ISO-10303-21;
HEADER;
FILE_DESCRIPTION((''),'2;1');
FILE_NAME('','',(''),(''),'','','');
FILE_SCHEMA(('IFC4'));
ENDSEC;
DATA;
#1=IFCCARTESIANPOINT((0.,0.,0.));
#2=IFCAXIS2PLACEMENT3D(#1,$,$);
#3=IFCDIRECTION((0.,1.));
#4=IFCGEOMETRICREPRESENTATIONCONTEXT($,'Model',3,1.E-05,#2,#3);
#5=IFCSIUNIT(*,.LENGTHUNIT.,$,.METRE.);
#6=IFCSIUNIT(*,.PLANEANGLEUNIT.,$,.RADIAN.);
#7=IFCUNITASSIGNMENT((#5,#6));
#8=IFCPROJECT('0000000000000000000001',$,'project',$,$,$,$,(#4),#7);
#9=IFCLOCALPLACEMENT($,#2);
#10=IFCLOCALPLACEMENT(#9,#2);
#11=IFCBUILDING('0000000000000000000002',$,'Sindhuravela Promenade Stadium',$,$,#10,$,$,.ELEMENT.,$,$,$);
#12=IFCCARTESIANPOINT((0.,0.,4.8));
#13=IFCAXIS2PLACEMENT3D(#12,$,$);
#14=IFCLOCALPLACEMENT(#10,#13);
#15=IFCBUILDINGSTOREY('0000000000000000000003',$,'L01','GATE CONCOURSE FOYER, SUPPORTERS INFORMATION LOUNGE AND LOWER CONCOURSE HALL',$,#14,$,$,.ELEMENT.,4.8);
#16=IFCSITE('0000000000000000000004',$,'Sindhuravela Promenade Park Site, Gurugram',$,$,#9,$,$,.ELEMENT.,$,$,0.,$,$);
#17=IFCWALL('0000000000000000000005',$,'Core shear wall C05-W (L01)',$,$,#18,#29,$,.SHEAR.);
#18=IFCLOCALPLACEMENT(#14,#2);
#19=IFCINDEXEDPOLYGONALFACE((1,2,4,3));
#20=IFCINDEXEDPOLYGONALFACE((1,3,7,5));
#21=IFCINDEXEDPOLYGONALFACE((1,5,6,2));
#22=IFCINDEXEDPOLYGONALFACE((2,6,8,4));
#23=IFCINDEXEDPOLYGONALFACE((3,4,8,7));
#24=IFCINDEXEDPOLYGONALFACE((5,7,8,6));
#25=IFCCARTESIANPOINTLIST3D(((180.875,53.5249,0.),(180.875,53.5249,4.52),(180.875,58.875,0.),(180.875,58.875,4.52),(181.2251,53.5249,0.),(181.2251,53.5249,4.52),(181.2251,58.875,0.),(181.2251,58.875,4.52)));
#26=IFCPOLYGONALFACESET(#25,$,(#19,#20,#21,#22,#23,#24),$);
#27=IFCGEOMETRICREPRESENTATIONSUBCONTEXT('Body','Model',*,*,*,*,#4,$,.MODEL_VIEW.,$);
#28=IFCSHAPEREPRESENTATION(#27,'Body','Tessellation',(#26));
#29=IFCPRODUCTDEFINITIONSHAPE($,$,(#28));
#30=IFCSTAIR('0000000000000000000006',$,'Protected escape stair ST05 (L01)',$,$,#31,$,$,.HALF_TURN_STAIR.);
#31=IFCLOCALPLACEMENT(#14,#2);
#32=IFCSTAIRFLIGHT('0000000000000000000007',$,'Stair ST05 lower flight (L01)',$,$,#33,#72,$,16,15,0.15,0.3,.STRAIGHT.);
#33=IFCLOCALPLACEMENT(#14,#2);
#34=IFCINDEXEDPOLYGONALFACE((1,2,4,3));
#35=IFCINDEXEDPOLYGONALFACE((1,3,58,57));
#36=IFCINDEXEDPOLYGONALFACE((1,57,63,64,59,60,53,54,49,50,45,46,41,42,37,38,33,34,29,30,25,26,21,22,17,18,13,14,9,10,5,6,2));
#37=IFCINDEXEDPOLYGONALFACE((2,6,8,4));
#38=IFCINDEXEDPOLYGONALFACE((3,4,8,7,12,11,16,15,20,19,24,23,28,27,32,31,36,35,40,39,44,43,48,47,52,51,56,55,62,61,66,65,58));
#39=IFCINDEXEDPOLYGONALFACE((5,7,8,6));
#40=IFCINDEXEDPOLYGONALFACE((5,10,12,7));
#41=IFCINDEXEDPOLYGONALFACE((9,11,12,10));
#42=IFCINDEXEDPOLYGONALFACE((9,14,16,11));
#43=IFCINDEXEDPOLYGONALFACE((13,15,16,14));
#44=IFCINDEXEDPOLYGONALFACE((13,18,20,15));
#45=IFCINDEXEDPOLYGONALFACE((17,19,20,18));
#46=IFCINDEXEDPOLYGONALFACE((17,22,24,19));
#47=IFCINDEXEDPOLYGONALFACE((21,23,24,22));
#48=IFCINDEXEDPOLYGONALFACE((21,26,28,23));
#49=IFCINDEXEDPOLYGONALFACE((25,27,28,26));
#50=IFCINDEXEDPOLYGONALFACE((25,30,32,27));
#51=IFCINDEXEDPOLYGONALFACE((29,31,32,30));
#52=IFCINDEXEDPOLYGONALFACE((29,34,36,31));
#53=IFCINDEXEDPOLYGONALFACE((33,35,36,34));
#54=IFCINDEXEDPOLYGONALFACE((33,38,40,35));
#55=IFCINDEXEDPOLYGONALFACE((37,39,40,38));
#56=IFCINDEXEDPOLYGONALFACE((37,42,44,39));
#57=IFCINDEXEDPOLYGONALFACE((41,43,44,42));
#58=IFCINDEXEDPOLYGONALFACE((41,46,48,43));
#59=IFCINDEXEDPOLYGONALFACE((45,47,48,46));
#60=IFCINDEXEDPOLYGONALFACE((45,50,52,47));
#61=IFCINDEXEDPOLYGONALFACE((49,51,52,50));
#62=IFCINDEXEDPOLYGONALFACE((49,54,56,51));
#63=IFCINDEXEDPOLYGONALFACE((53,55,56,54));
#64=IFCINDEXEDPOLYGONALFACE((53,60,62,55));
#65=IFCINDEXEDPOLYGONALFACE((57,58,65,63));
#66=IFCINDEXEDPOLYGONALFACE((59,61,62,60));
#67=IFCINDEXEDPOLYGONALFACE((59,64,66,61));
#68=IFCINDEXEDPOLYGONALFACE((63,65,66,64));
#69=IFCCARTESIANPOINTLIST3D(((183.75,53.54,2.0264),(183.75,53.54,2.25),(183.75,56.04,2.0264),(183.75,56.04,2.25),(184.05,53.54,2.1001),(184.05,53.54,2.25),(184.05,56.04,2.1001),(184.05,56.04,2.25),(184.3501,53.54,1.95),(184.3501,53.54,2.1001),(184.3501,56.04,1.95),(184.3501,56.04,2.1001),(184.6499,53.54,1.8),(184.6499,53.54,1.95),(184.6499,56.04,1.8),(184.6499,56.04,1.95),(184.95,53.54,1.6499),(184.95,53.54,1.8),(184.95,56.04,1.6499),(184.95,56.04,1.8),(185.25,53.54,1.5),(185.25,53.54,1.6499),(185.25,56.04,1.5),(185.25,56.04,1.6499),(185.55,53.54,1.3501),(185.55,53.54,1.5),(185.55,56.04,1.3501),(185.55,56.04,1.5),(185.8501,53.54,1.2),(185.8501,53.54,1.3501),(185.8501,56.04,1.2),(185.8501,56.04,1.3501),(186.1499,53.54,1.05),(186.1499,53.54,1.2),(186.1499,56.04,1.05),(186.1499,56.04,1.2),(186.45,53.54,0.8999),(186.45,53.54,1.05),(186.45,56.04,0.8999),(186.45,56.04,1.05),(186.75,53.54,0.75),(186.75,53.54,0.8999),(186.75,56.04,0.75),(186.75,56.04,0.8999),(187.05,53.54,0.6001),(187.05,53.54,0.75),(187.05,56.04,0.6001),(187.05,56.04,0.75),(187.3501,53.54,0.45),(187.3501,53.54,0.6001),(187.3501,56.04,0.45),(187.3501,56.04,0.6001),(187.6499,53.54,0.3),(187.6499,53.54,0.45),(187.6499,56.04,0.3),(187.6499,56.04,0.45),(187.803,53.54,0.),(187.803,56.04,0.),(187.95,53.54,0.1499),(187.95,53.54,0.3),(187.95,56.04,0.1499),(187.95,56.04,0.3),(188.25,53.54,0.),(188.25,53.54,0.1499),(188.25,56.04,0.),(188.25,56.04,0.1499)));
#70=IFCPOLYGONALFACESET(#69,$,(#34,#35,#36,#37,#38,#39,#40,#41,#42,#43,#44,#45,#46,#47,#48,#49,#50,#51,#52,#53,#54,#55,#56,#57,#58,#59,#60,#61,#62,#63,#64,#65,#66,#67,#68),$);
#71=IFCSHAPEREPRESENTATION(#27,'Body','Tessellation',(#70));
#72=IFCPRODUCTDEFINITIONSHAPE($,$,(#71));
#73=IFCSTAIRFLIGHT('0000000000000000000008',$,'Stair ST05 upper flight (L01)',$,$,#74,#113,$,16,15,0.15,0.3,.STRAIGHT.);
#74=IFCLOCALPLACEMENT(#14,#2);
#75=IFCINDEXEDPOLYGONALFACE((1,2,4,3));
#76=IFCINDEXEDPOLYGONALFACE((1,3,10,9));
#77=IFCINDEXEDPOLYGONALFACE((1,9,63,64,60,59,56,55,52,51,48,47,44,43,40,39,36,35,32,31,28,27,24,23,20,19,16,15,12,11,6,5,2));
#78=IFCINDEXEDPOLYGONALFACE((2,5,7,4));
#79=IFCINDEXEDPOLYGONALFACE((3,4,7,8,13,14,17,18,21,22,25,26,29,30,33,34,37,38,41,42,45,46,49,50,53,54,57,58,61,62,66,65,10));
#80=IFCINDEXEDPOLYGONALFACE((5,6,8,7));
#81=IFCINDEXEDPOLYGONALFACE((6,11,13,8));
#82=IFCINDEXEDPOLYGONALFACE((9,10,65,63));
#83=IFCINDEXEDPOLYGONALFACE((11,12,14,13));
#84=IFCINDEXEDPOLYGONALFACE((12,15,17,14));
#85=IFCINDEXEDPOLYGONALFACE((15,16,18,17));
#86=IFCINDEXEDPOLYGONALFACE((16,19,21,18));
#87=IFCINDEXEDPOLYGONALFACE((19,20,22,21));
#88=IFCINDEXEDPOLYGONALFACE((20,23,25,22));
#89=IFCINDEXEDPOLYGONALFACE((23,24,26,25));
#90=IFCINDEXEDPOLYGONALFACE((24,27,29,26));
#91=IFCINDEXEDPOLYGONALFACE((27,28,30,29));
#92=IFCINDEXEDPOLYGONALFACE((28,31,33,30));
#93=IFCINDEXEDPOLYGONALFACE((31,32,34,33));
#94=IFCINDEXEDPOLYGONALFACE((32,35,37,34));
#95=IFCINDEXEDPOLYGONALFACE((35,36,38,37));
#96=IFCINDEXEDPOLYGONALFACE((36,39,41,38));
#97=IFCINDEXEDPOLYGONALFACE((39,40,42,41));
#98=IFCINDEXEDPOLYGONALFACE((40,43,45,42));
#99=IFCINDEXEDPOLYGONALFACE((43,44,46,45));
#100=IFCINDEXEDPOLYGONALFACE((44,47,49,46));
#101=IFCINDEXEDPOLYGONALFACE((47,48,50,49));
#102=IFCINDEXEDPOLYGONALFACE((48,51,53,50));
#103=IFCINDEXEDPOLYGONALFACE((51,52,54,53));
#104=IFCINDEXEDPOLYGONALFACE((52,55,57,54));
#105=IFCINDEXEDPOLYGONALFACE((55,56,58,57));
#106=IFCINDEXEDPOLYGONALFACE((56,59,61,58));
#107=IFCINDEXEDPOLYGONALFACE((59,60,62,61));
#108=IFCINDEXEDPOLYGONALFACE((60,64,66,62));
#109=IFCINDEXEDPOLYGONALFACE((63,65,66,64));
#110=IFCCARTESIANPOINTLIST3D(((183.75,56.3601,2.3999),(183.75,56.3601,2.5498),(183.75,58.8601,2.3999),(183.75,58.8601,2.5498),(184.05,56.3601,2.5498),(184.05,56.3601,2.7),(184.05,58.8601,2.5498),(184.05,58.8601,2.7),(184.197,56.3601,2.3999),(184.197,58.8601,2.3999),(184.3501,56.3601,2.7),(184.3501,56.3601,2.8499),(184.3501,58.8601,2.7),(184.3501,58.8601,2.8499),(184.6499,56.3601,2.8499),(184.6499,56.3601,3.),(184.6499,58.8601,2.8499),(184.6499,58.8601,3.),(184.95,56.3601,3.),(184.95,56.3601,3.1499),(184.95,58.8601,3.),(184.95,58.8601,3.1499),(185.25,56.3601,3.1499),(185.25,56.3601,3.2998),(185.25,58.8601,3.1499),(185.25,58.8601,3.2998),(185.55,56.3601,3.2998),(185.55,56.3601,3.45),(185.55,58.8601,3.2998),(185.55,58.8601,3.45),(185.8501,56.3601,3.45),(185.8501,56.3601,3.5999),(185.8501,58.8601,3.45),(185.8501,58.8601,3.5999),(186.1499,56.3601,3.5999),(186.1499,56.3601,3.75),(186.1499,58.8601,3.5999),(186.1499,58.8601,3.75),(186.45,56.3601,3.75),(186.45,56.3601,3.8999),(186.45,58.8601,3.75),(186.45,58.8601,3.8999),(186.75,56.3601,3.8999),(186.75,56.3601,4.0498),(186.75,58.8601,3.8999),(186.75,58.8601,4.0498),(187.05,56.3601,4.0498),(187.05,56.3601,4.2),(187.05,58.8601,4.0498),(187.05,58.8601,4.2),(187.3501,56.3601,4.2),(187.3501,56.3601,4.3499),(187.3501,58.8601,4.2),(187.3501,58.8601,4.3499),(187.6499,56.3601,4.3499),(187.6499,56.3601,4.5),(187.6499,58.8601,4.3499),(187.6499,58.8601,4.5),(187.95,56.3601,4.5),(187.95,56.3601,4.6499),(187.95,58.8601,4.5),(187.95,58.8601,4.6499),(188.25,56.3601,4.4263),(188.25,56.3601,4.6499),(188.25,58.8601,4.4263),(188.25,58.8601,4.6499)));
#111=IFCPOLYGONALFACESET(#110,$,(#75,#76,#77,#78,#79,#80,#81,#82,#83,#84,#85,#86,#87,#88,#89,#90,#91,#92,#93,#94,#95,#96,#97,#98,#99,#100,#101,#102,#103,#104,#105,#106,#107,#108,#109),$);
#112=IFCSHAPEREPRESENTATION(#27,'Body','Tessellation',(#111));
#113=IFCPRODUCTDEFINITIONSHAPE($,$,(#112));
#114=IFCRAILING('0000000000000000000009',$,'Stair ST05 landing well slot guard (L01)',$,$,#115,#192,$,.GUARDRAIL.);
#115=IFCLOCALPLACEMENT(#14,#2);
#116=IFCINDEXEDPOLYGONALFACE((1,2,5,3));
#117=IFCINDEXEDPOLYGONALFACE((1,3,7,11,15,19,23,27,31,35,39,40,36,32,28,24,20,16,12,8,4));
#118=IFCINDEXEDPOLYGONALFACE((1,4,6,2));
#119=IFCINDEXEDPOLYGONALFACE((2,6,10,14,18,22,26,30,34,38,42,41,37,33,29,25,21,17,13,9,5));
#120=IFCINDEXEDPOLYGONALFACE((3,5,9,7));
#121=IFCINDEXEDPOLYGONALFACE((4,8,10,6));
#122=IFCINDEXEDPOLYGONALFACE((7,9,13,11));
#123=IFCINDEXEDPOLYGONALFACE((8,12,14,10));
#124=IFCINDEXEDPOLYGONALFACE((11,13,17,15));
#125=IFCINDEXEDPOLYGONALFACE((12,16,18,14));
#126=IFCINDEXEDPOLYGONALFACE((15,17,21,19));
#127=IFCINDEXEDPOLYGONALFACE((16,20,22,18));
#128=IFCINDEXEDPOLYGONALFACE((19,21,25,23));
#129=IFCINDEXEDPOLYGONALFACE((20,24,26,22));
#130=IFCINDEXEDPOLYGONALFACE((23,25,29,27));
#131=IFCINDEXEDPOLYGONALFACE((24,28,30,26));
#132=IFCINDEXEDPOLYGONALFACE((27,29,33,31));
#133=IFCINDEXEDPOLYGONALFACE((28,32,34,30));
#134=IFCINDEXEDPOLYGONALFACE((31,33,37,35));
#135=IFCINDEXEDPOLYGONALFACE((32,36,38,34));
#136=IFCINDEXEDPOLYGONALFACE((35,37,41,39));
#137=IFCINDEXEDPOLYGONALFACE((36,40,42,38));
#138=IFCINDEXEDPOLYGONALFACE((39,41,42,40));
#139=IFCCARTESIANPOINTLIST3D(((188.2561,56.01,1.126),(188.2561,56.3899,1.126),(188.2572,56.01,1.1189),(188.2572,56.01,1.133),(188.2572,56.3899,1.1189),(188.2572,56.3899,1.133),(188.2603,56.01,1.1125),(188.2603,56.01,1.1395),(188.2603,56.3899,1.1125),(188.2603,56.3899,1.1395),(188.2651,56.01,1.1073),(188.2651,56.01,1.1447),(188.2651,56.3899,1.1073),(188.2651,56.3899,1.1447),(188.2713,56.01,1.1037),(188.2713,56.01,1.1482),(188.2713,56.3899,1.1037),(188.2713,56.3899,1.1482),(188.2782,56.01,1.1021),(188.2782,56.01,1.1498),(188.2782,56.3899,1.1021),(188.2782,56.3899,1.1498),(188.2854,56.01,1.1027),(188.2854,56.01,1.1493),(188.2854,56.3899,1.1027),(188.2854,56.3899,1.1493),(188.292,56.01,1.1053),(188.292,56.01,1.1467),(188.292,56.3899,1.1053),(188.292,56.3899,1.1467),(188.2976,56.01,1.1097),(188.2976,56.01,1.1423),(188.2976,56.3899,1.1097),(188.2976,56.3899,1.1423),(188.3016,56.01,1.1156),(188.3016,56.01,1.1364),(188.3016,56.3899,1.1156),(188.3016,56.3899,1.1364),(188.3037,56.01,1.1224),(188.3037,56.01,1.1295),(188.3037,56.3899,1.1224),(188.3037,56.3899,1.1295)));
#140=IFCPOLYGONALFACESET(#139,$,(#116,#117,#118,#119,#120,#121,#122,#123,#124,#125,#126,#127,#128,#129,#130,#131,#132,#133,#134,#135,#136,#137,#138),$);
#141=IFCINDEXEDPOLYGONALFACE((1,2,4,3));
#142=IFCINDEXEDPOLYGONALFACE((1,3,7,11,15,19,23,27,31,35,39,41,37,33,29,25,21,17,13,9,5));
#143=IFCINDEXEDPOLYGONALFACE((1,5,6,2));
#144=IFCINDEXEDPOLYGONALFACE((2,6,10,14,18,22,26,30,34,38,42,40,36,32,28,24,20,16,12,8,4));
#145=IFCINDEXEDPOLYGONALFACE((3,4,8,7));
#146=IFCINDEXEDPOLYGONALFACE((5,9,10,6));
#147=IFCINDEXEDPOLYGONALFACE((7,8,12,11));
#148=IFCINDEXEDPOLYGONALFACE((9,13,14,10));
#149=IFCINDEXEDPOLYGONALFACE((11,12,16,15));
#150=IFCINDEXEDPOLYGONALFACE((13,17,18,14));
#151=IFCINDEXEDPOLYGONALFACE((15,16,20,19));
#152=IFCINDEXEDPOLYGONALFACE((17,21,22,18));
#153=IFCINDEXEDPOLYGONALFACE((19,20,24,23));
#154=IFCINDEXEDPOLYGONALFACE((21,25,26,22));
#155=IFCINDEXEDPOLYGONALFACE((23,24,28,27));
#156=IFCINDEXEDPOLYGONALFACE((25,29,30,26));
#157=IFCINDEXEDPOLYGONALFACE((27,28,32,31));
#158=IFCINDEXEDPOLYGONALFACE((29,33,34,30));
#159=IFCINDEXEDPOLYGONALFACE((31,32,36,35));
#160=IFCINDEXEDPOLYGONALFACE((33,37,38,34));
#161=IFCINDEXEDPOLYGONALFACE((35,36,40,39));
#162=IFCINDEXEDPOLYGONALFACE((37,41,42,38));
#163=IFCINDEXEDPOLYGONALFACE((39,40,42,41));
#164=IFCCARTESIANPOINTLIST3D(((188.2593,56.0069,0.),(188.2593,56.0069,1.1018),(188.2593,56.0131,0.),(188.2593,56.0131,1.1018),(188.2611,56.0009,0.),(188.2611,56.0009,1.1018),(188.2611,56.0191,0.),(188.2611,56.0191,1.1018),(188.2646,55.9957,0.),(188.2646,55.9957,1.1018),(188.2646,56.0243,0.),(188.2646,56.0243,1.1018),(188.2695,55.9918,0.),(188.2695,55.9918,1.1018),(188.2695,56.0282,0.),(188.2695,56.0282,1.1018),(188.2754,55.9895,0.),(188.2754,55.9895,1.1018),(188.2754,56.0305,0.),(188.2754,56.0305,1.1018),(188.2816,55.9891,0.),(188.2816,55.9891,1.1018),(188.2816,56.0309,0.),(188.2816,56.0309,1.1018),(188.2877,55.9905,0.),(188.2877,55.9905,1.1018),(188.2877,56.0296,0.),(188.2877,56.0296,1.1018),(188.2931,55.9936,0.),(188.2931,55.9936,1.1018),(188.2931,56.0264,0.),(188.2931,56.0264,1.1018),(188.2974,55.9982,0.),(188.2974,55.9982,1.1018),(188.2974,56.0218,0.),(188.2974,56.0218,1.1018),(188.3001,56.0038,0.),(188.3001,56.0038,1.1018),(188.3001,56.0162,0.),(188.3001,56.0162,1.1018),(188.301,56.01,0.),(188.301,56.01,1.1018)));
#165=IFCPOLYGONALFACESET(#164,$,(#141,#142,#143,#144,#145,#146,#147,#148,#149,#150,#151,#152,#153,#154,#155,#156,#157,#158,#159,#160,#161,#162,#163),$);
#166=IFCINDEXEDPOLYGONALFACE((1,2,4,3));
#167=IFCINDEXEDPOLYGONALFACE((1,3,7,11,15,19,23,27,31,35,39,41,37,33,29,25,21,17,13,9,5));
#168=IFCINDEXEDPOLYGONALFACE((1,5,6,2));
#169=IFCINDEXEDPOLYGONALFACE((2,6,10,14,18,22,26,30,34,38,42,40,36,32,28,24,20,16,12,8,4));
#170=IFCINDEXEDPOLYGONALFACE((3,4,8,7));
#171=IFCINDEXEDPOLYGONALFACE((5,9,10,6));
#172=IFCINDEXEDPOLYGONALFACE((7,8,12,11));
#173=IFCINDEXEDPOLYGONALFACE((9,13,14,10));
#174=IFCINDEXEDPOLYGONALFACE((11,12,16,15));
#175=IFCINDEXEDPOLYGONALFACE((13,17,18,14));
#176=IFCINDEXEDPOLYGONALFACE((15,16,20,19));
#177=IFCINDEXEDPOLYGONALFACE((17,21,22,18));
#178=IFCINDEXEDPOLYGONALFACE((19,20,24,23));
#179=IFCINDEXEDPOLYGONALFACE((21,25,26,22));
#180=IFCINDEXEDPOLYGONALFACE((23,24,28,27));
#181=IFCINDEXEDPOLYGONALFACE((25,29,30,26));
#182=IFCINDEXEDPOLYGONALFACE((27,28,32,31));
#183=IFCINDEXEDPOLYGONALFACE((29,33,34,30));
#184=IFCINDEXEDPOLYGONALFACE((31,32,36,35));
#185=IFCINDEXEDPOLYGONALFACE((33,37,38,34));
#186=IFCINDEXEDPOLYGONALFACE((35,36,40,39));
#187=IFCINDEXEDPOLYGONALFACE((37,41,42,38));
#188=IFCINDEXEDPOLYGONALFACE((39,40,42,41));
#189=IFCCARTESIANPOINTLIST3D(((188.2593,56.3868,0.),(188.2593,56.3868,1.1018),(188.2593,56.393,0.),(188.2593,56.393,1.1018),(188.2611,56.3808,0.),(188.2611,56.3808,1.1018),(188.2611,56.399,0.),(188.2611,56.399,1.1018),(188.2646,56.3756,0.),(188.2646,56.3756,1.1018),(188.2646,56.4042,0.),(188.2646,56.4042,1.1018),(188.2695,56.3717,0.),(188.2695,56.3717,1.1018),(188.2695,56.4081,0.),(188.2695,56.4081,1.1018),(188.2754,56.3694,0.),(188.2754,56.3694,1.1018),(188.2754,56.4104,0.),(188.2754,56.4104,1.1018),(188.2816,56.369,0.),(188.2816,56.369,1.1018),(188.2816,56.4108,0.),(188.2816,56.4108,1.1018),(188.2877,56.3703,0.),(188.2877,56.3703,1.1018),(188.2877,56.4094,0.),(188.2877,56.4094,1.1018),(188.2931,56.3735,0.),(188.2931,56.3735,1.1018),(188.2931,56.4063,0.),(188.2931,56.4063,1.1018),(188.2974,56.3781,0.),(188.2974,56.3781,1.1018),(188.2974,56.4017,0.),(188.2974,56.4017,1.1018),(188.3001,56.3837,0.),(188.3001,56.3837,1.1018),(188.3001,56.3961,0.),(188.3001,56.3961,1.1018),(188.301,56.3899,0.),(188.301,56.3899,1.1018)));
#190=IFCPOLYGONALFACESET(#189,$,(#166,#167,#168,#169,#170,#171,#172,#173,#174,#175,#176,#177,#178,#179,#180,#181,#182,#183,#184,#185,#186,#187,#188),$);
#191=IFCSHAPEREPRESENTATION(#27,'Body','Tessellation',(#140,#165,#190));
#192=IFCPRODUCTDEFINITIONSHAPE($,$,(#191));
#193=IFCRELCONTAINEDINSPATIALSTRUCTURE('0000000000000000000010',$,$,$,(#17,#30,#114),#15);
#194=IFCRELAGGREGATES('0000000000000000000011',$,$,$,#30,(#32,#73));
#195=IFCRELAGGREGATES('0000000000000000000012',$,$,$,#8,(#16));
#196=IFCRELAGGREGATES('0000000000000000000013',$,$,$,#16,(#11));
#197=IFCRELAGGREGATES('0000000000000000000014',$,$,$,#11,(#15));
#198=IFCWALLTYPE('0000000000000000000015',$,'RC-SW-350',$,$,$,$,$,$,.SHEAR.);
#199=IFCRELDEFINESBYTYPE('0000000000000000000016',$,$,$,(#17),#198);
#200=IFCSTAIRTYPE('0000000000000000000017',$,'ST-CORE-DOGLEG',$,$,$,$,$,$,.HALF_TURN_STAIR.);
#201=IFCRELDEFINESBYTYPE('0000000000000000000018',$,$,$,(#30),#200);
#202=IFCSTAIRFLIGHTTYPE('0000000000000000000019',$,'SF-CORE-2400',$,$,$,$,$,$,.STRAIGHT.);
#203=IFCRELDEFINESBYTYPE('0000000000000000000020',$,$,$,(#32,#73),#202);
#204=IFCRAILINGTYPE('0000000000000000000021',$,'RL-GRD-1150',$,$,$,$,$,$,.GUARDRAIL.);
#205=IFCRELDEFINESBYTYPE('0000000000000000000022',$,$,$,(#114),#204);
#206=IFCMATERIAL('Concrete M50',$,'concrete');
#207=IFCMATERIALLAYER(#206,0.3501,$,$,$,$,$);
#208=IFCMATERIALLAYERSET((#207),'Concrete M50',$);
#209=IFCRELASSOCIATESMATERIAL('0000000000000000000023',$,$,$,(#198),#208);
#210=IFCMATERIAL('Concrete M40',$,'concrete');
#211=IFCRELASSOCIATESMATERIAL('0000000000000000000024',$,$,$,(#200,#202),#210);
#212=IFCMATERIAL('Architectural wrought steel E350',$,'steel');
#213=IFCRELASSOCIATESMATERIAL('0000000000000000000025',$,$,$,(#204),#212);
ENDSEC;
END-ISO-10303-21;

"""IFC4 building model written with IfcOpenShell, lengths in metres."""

from ifc_helpers import new_model, si_unit, direction, frame, frame_2d, origin, origin_2d, place, context, subcontext, project, spatial, polyline, rectangle, circle, outline, extrude, material, layer, layer_set, type_object, element, aggregate, save


model = new_model("IFC4")

# Units and contexts
model_context = context("Model", 3, precision=1e-05, world=origin(), true_north=direction((0.0, 1.0)))
body_context = subcontext(model_context, "Body", "Model", "MODEL_VIEW")
ifc_project = project(units=[si_unit("LENGTHUNIT", "METRE"), si_unit("PLANEANGLEUNIT", "RADIAN")], contexts=[model_context])

# Site, building, storey
site_placement = place(None, origin())
site = spatial("IfcSite", under=ifc_project, at=site_placement, Name="Sindhuravela Promenade Park Site, Gurugram", CompositionType="ELEMENT", RefElevation=0.0)
building_placement = place(site_placement, origin())
building = spatial("IfcBuilding", under=site, at=building_placement, Name="Sindhuravela Promenade Stadium", CompositionType="ELEMENT")
storey_placement = place(building_placement, frame((0.0, 0.0, 4.8)))
storey = spatial("IfcBuildingStorey", under=building, at=storey_placement, Name="L01", Description="GATE CONCOURSE FOYER, SUPPORTERS INFORMATION LOUNGE AND LOWER CONCOURSE HALL", CompositionType="ELEMENT", Elevation=4.8)

# Shared definitions
ifc_material_1 = material(Name="Concrete M50", Category="concrete")
ifc_material_2 = material(Name="Concrete M40", Category="concrete")

# Wall
ifc_layer_1 = layer(ifc_material_1, 0.3501)
ifc_layer_set_1 = layer_set([ifc_layer_1], Name="Concrete M50")
wall_type_1 = type_object("IfcWallType", Name="RC-SW-350", PredefinedType="SHEAR", material=ifc_layer_set_1)
wall_1_placement = place(storey_placement, frame((181.05, 58.875, 0.0), z_axis=(0.0, 0.0, 1.0), x_axis=(0.0, -1.0, 0.0)))
element("IfcWall", 1, at=wall_1_placement, inside=storey, type_object=wall_type_1, Name="Core shear wall C05-W (L01)", PredefinedType="SHEAR", context=body_context, shape_type="SweptSolid", body=[
    extrude(rectangle(XDim=5.3501, YDim=0.3501, at=frame_2d((2.675, 0.0))), origin(), (0.0, 0.0, 1.0), 4.52),
])

# Stair, stair flights
stair_type = type_object("IfcStairType", Name="ST-CORE-DOGLEG", PredefinedType="HALF_TURN_STAIR", material=ifc_material_2)
stair_placement = place(storey_placement, origin())
stair = element("IfcStair", 2, at=stair_placement, inside=storey, type_object=stair_type, Name="Protected escape stair ST05 (L01)", PredefinedType="HALF_TURN_STAIR")
stair_flight_type = type_object("IfcStairFlightType", Name="SF-CORE-2400", PredefinedType="STRAIGHT", material=ifc_material_2)
stair_flight_1_placement = place(storey_placement, frame((188.25, 54.79, 0.0), z_axis=(0.0, 0.0, 1.0), x_axis=(-1.0, 0.0, 0.0)))
stair_flight_1 = element("IfcStairFlight", 3, at=stair_flight_1_placement, type_object=stair_flight_type, Name="Stair ST05 lower flight (L01)", NumberOfRisers=16, NumberOfTreads=15, PredefinedType="STRAIGHT", RiserHeight=0.15, TreadLength=0.3, context=body_context, shape_type="SweptSolid", body=[
    extrude(outline(polyline([(0.0, 0.0), (0.0, 0.1499), (0.3, 0.1499), (0.3, 0.3), (0.6001, 0.3), (0.6001, 0.45), (0.8999, 0.45), (0.8999, 0.6001), (1.2, 0.6001), (1.2, 0.75), (1.5, 0.75), (1.5, 0.8999), (1.8, 0.8999), (1.8, 1.05), (2.1001, 1.05), (2.1001, 1.2), (2.3999, 1.2), (2.3999, 1.3501), (2.7, 1.3501), (2.7, 1.5), (3.0, 1.5), (3.0, 1.6499), (3.3, 1.6499), (3.3, 1.8), (3.6001, 1.8), (3.6001, 1.95), (3.8999, 1.95), (3.8999, 2.1001), (4.2, 2.1001), (4.2, 2.25), (4.5, 2.25), (4.5, 2.3999), (4.5, 2.0264), (0.447, 0.0), (0.0, 0.0)])), frame((0.0, 1.25, 0.0), z_axis=(0.0, -1.0, 0.0), x_axis=(1.0, 0.0, 0.0)), (0.0, 0.0, 1.0), 2.5),
])
stair_flight_2_placement = place(storey_placement, frame((183.75, 57.6101, 2.3999), z_axis=(0.0, 0.0, 1.0), x_axis=(1.0, 0.0, 0.0)))
stair_flight_2 = element("IfcStairFlight", 4, at=stair_flight_2_placement, type_object=stair_flight_type, Name="Stair ST05 upper flight (L01)", NumberOfRisers=16, NumberOfTreads=15, PredefinedType="STRAIGHT", RiserHeight=0.15, TreadLength=0.3, context=body_context, shape_type="SweptSolid", body=[
    extrude(outline(polyline([(0.0, 0.0), (0.0, 0.1499), (0.3, 0.1499), (0.3, 0.3), (0.6001, 0.3), (0.6001, 0.45), (0.8999, 0.45), (0.8999, 0.6001), (1.2, 0.6001), (1.2, 0.75), (1.5, 0.75), (1.5, 0.8999), (1.8, 0.8999), (1.8, 1.05), (2.1001, 1.05), (2.1001, 1.2), (2.3999, 1.2), (2.3999, 1.3501), (2.7, 1.3501), (2.7, 1.5), (3.0, 1.5), (3.0, 1.6499), (3.3, 1.6499), (3.3, 1.8), (3.6001, 1.8), (3.6001, 1.95), (3.8999, 1.95), (3.8999, 2.1001), (4.2, 2.1001), (4.2, 2.25), (4.5, 2.25), (4.5, 2.3999), (4.5, 2.0264), (0.447, 0.0), (0.0, 0.0)])), frame((0.0, 1.25, 0.0), z_axis=(0.0, -1.0, 0.0), x_axis=(1.0, 0.0, 0.0)), (0.0, 0.0, 1.0), 2.5),
])
aggregate(stair, [stair_flight_1, stair_flight_2])

# Railing
ifc_material_3 = material(Name="Architectural wrought steel E350", Category="steel")
railing_type_1 = type_object("IfcRailingType", Name="RL-GRD-1150", PredefinedType="GUARDRAIL", material=ifc_material_3)
railing_1_placement = place(storey_placement, frame((188.28, 56.01, 0.0)))
element("IfcRailing", 5, at=railing_1_placement, inside=storey, type_object=railing_type_1, Name="Stair ST05 landing well slot guard (L01)", PredefinedType="GUARDRAIL", context=body_context, shape_type="SweptSolid", body=[
    extrude(circle(Radius=0.0239, at=origin_2d()), frame((0.0, 0.0, 1.126), z_axis=(0.0, 1.0, 0.0), x_axis=(-1.0, 0.0, 0.0)), (0.0, 0.0, 1.0), 0.3799),
    extrude(circle(Radius=0.021, at=origin_2d()), origin(), (0.0, 0.0, 1.0), 1.1018),
    extrude(circle(Radius=0.021, at=origin_2d()), frame((0.0, 0.3799, 0.0)), (0.0, 0.0, 1.0), 1.1018),
])

save(model, "model.ifc")
